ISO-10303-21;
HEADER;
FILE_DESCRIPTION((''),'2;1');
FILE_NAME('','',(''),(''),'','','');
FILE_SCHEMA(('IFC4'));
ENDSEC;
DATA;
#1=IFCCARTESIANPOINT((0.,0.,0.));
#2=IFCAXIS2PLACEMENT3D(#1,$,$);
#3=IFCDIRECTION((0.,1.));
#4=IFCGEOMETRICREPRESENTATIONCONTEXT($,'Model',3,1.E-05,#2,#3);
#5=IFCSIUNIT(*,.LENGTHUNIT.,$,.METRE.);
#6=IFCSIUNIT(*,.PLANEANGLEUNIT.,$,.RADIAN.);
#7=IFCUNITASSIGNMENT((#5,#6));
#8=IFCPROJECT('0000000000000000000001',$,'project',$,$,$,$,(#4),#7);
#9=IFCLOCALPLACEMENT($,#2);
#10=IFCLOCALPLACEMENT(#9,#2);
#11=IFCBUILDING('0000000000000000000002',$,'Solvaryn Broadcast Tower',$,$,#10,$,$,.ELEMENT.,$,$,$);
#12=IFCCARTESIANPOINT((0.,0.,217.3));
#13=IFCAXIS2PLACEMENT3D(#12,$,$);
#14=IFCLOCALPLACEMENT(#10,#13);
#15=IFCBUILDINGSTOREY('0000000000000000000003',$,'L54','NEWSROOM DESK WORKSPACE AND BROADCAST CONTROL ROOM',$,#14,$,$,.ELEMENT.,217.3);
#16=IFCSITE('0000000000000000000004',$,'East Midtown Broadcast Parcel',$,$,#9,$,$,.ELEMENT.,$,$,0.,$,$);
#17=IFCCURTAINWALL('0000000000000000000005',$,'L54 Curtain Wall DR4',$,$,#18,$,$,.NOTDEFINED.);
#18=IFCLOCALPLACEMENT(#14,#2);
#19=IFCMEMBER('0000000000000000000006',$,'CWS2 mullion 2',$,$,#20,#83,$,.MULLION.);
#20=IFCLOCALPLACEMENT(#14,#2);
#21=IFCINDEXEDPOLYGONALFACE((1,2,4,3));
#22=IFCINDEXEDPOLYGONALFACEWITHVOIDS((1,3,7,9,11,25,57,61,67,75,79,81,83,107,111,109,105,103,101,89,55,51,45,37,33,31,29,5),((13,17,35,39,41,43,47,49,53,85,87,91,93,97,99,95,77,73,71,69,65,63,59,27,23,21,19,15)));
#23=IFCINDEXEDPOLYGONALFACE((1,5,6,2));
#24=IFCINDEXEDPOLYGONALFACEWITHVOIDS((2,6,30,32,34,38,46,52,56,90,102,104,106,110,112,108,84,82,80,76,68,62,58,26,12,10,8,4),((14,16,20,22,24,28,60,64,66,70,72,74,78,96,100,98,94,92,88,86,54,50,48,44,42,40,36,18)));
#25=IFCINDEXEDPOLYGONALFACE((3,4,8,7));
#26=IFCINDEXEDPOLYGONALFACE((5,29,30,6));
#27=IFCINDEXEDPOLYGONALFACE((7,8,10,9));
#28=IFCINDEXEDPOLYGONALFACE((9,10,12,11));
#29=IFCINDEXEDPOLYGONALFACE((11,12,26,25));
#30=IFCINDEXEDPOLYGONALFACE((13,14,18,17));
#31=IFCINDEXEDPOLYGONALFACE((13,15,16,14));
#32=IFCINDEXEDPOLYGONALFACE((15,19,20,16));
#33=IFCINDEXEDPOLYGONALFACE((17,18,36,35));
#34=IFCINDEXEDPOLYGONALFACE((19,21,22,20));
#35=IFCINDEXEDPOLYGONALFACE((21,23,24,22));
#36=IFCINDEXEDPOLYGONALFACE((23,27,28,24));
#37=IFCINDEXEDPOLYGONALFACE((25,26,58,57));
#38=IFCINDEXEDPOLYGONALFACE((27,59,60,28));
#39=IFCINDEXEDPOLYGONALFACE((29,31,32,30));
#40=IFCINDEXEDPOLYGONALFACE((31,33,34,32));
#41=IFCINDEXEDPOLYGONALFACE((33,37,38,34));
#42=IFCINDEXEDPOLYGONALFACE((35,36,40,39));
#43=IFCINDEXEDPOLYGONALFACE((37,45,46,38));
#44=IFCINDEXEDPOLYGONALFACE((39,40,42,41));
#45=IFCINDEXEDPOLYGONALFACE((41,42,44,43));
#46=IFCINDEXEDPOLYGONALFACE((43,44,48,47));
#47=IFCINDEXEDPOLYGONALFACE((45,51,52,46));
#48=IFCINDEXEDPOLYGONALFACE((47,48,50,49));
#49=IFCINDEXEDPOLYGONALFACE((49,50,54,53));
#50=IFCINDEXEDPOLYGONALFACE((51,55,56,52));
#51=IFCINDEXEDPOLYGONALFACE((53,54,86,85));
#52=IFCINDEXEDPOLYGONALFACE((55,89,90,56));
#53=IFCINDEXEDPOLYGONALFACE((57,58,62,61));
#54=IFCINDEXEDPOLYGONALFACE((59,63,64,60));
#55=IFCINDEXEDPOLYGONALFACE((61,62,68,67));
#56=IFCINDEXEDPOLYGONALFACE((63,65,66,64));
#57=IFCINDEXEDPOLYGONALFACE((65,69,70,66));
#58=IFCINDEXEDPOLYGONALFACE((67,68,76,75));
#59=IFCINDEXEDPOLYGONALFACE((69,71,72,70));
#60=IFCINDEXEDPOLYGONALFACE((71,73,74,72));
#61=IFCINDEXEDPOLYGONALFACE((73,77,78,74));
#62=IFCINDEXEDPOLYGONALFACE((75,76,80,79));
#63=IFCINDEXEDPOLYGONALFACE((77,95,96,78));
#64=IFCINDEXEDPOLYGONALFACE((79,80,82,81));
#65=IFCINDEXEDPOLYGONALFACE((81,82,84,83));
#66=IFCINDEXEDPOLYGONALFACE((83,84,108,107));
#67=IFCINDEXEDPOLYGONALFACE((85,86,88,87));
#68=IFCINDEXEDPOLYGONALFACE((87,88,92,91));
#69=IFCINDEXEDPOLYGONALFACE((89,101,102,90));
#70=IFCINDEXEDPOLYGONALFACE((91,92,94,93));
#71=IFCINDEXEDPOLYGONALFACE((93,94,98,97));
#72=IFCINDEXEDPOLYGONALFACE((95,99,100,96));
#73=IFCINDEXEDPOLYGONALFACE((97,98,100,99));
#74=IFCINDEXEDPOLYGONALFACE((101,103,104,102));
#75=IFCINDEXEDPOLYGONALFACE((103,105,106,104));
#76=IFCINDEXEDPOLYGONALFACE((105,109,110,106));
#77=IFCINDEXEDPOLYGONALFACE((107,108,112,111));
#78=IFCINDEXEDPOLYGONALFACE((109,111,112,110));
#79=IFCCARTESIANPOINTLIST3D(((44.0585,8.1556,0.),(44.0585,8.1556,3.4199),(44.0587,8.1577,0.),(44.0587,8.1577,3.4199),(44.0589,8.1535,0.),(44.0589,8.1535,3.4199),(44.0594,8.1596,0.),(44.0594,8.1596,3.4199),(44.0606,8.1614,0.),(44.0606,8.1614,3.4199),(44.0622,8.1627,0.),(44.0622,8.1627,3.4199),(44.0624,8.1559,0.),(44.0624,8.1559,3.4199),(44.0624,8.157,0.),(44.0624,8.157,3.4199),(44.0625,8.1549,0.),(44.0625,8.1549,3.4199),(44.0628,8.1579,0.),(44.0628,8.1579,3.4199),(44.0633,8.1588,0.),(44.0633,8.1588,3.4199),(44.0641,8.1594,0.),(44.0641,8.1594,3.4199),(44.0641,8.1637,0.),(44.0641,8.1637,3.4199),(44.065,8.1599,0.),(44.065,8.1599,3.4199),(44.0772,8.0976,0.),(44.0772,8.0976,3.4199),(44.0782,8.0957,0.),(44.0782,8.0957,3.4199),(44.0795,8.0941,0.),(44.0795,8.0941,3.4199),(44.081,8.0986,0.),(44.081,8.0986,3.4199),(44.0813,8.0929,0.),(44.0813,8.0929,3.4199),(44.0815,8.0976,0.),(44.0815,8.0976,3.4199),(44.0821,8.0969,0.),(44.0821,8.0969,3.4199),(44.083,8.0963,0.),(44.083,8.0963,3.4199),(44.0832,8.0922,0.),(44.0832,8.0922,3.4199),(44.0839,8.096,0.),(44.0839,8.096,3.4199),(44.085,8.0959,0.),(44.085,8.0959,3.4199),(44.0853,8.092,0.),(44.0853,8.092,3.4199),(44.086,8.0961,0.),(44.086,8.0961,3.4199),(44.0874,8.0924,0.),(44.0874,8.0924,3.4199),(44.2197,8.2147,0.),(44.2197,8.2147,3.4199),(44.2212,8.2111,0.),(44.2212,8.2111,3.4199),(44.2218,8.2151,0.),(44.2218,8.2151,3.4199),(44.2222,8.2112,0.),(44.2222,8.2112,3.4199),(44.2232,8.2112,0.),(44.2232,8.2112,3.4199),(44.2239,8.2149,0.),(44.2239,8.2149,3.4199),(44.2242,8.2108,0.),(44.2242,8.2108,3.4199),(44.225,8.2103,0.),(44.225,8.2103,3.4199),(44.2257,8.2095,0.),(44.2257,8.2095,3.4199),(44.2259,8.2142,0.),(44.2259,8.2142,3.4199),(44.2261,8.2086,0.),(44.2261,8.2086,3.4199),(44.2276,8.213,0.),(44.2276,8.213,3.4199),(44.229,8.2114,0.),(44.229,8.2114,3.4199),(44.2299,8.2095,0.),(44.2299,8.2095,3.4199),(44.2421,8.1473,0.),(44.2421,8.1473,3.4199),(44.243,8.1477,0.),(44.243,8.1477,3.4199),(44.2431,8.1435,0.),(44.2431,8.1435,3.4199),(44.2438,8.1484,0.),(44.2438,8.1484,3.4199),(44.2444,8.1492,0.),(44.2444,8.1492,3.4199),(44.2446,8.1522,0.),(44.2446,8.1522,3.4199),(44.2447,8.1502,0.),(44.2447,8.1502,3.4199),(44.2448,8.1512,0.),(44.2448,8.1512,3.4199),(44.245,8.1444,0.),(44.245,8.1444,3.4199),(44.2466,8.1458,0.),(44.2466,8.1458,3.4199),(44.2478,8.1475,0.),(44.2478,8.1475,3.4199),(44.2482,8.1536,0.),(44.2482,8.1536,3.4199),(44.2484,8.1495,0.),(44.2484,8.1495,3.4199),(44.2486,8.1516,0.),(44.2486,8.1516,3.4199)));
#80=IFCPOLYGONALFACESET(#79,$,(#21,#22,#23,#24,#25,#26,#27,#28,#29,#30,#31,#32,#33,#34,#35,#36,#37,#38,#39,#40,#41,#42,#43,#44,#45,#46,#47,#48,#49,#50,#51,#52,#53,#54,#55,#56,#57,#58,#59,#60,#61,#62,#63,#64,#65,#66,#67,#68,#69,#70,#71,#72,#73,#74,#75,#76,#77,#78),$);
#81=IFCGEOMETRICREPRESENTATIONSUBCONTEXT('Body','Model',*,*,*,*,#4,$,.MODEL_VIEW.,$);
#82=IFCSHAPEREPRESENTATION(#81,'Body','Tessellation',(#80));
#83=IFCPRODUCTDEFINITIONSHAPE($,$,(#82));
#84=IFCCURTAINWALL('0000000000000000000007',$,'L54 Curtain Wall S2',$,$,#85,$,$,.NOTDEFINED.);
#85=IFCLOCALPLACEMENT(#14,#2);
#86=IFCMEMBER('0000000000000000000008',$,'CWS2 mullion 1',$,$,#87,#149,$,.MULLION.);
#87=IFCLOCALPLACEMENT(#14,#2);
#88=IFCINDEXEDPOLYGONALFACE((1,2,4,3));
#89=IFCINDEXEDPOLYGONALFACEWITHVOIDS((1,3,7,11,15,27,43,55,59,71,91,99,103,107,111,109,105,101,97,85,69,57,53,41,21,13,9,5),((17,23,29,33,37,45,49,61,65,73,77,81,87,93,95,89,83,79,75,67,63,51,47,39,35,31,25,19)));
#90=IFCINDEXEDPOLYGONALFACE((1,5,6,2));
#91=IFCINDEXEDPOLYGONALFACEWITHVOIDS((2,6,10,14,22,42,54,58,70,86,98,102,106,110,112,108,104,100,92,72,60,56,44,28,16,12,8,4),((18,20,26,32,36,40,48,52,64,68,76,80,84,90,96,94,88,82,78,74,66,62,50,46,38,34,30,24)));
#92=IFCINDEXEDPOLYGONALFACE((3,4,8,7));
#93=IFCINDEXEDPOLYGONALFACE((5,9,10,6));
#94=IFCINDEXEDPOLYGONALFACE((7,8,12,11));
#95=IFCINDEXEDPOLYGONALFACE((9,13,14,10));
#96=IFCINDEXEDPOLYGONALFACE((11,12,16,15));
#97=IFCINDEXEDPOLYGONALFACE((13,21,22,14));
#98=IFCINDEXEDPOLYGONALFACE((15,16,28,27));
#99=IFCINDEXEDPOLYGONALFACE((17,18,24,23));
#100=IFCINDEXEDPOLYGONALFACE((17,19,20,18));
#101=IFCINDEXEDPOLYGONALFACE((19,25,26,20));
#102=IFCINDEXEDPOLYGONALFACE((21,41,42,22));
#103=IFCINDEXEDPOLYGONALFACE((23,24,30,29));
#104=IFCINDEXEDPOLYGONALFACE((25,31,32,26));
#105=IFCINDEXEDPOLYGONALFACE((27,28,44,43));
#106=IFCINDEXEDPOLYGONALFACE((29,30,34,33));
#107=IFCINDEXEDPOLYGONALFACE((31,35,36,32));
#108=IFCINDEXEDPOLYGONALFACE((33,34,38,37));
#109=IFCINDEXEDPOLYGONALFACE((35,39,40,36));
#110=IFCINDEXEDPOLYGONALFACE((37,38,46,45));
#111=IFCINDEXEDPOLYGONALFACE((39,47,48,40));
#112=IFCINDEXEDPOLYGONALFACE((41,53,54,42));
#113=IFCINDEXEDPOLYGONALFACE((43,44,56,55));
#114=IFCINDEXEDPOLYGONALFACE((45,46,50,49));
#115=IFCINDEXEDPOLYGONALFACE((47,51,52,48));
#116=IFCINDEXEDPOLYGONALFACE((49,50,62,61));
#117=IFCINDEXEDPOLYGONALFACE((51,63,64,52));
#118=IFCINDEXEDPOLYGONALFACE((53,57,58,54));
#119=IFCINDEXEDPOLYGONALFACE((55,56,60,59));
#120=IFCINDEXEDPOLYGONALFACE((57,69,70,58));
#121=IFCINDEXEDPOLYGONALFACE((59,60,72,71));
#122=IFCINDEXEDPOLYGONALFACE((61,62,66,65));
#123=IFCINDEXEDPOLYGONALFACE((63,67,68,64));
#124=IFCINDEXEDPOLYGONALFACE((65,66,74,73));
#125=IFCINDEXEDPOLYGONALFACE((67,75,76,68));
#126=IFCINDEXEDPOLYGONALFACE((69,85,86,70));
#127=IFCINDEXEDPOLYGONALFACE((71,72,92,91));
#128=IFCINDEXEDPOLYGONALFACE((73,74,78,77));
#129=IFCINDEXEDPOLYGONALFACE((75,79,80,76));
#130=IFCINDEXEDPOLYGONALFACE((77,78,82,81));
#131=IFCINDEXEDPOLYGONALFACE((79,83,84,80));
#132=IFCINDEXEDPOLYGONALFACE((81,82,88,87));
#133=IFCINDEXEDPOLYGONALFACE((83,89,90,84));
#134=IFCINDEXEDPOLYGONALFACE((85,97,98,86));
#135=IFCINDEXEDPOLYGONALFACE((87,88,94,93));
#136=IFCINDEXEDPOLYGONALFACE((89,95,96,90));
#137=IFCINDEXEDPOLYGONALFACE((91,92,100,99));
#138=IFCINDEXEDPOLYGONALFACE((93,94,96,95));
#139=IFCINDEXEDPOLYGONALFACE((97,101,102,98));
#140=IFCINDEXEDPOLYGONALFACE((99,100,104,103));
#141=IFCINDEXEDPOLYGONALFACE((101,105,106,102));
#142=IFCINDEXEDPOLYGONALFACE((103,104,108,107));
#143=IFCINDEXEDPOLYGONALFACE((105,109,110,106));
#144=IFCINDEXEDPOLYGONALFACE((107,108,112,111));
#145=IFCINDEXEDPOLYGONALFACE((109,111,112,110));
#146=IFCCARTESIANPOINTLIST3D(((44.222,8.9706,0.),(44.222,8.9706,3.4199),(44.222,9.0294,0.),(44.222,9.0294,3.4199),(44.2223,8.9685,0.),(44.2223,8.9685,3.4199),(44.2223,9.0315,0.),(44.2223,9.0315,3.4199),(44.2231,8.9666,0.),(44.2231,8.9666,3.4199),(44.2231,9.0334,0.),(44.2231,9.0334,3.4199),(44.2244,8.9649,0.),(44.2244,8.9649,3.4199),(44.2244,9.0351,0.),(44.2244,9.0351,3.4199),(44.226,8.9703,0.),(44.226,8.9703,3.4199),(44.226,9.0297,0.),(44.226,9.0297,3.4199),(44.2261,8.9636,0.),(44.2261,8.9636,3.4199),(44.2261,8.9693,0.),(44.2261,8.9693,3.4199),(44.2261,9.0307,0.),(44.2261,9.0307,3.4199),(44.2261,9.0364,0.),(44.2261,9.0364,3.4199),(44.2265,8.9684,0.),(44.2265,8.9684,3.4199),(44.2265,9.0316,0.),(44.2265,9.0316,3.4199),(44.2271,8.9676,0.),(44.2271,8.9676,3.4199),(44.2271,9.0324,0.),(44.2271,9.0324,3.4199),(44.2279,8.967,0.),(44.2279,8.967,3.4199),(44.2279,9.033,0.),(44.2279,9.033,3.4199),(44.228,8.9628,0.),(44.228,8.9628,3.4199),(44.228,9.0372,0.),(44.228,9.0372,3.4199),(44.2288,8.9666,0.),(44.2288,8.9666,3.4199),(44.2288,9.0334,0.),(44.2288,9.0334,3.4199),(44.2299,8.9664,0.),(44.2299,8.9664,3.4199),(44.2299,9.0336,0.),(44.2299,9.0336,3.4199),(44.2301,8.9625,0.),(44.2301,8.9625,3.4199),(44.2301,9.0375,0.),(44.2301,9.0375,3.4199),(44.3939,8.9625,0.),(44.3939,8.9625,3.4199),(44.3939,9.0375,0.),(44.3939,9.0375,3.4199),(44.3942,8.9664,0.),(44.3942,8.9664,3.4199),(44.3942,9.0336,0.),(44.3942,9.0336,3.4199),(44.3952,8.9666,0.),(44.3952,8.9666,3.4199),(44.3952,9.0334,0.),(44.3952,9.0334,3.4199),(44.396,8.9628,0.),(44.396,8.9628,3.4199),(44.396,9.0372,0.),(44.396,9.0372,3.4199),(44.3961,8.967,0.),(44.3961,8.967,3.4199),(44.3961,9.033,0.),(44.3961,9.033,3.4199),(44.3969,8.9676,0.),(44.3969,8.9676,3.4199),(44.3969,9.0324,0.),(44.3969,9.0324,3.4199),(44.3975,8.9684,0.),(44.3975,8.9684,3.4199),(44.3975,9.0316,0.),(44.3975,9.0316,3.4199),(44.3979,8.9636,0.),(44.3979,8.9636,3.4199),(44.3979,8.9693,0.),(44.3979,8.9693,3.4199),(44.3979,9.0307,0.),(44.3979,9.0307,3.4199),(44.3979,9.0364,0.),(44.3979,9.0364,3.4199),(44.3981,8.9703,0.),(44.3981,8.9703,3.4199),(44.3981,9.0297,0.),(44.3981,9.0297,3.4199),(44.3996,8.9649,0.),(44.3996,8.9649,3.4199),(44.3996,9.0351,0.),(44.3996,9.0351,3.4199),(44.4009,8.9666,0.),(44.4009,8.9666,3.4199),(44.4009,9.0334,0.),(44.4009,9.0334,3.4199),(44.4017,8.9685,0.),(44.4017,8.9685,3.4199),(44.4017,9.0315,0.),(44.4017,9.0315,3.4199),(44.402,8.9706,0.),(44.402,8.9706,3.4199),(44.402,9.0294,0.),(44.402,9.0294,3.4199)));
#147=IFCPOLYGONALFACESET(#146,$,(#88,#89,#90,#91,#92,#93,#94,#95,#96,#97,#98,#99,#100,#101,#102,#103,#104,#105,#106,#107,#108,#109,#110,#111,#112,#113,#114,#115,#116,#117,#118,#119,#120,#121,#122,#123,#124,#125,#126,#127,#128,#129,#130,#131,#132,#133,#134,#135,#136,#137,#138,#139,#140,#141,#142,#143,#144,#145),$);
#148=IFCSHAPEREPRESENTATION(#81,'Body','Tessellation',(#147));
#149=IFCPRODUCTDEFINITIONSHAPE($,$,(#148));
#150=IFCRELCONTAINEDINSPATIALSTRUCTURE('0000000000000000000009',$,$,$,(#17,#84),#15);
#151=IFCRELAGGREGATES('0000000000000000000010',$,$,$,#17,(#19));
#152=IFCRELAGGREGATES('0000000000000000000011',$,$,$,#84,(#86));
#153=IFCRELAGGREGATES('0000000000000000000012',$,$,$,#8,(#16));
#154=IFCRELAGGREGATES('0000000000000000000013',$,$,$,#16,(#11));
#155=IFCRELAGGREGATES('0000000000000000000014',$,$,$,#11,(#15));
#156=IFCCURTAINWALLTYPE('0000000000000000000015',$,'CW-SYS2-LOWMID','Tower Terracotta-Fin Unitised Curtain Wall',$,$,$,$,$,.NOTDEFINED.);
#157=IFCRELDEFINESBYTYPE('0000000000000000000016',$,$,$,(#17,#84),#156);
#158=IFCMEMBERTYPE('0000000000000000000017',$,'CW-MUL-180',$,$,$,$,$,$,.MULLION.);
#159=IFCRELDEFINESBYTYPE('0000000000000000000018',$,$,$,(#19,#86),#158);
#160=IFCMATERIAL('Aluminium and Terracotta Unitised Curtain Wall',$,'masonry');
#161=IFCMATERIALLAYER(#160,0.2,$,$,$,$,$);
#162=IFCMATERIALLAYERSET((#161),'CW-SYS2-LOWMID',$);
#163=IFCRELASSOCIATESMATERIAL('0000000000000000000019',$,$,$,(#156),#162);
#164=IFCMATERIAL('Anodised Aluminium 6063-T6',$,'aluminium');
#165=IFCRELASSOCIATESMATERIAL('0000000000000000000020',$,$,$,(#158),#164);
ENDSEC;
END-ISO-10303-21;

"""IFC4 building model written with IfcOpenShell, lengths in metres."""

from ifc_helpers import new_model, si_unit, direction, frame, origin, origin_2d, place, context, subcontext, project, spatial, hollow_rectangle, extrude, material, layer, layer_set, material_profile, profile_set, type_object, element, aggregate, save


model = new_model("IFC4")

# Units and contexts
model_context = context("Model", 3, precision=1e-05, world=origin(), true_north=direction((0.0, 1.0)))
body_context = subcontext(model_context, "Body", "Model", "MODEL_VIEW")
ifc_project = project(units=[si_unit("LENGTHUNIT", "METRE"), si_unit("PLANEANGLEUNIT", "RADIAN")], contexts=[model_context])

# Site, building, storey
site_placement = place(None, origin())
site = spatial("IfcSite", under=ifc_project, at=site_placement, Name="East Midtown Broadcast Parcel", CompositionType="ELEMENT", RefElevation=0.0)
building_placement = place(site_placement, origin())
building = spatial("IfcBuilding", under=site, at=building_placement, Name="Solvaryn Broadcast Tower", CompositionType="ELEMENT")
storey_placement = place(building_placement, frame((0.0, 0.0, 217.3)))
storey = spatial("IfcBuildingStorey", under=building, at=storey_placement, Name="L54", Description="NEWSROOM DESK WORKSPACE AND BROADCAST CONTROL ROOM", CompositionType="ELEMENT", Elevation=217.3)

# Curtain wall, member
ifc_material_1 = material(Name="Aluminium and Terracotta Unitised Curtain Wall", Category="masonry")
ifc_layer_1 = layer(ifc_material_1, 0.2)
ifc_layer_set_1 = layer_set([ifc_layer_1], Name="CW-SYS2-LOWMID")
curtain_wall_type = type_object("IfcCurtainWallType", Name="CW-SYS2-LOWMID", Description="Tower Terracotta-Fin Unitised Curtain Wall", PredefinedType="NOTDEFINED", material=ifc_layer_set_1)
curtain_wall_1_placement = place(storey_placement, origin())
curtain_wall_1 = element("IfcCurtainWall", 1, at=curtain_wall_1_placement, inside=storey, type_object=curtain_wall_type, Name="L54 Curtain Wall DR4", PredefinedType="NOTDEFINED")
ifc_material_2 = material(Name="Anodised Aluminium 6063-T6", Category="aluminium")
ifc_material_profile_1 = material_profile(ifc_material_2, hollow_rectangle(XDim=0.075, YDim=0.1799, WallThickness=0.0039, InnerFilletRadius=0.0039, OuterFilletRadius=0.0081, at=origin_2d()))
ifc_profile_set_1 = profile_set([ifc_material_profile_1], Name="Anodised Aluminium 6063-T6")
member_type_1 = type_object("IfcMemberType", Name="CW-MUL-180", PredefinedType="MULLION", material=ifc_profile_set_1)
member_1_placement = place(storey_placement, frame((44.1536, 8.1536, 0.0), z_axis=(0.0, 0.0, 1.0), x_axis=(-0.311559, 0.950227, 0.0)))
member_1 = element("IfcMember", 2, at=member_1_placement, type_object=member_type_1, Name="CWS2 mullion 2", PredefinedType="MULLION", context=body_context, shape_type="SweptSolid", body=[
    extrude(hollow_rectangle(XDim=0.075, YDim=0.1799, WallThickness=0.0039, InnerFilletRadius=0.0039, OuterFilletRadius=0.0081, at=origin_2d()), origin(), (0.0, 0.0, 1.0), 3.4199),
])
aggregate(curtain_wall_1, [member_1])

# Curtain wall, member
curtain_wall_2_placement = place(storey_placement, origin())
curtain_wall_2 = element("IfcCurtainWall", 3, at=curtain_wall_2_placement, inside=storey, type_object=curtain_wall_type, Name="L54 Curtain Wall S2", PredefinedType="NOTDEFINED")
member_2_placement = place(storey_placement, frame((44.312, 9.0, 0.0), z_axis=(0.0, 0.0, 1.0), x_axis=(0.0, 1.0, 0.0)))
member_2 = element("IfcMember", 4, at=member_2_placement, type_object=member_type_1, Name="CWS2 mullion 1", PredefinedType="MULLION", context=body_context, shape_type="SweptSolid", body=[
    extrude(hollow_rectangle(XDim=0.075, YDim=0.1799, WallThickness=0.0039, InnerFilletRadius=0.0039, OuterFilletRadius=0.0081, at=origin_2d()), origin(), (0.0, 0.0, 1.0), 3.4199),
])
aggregate(curtain_wall_2, [member_2])

save(model, "model.ifc")
